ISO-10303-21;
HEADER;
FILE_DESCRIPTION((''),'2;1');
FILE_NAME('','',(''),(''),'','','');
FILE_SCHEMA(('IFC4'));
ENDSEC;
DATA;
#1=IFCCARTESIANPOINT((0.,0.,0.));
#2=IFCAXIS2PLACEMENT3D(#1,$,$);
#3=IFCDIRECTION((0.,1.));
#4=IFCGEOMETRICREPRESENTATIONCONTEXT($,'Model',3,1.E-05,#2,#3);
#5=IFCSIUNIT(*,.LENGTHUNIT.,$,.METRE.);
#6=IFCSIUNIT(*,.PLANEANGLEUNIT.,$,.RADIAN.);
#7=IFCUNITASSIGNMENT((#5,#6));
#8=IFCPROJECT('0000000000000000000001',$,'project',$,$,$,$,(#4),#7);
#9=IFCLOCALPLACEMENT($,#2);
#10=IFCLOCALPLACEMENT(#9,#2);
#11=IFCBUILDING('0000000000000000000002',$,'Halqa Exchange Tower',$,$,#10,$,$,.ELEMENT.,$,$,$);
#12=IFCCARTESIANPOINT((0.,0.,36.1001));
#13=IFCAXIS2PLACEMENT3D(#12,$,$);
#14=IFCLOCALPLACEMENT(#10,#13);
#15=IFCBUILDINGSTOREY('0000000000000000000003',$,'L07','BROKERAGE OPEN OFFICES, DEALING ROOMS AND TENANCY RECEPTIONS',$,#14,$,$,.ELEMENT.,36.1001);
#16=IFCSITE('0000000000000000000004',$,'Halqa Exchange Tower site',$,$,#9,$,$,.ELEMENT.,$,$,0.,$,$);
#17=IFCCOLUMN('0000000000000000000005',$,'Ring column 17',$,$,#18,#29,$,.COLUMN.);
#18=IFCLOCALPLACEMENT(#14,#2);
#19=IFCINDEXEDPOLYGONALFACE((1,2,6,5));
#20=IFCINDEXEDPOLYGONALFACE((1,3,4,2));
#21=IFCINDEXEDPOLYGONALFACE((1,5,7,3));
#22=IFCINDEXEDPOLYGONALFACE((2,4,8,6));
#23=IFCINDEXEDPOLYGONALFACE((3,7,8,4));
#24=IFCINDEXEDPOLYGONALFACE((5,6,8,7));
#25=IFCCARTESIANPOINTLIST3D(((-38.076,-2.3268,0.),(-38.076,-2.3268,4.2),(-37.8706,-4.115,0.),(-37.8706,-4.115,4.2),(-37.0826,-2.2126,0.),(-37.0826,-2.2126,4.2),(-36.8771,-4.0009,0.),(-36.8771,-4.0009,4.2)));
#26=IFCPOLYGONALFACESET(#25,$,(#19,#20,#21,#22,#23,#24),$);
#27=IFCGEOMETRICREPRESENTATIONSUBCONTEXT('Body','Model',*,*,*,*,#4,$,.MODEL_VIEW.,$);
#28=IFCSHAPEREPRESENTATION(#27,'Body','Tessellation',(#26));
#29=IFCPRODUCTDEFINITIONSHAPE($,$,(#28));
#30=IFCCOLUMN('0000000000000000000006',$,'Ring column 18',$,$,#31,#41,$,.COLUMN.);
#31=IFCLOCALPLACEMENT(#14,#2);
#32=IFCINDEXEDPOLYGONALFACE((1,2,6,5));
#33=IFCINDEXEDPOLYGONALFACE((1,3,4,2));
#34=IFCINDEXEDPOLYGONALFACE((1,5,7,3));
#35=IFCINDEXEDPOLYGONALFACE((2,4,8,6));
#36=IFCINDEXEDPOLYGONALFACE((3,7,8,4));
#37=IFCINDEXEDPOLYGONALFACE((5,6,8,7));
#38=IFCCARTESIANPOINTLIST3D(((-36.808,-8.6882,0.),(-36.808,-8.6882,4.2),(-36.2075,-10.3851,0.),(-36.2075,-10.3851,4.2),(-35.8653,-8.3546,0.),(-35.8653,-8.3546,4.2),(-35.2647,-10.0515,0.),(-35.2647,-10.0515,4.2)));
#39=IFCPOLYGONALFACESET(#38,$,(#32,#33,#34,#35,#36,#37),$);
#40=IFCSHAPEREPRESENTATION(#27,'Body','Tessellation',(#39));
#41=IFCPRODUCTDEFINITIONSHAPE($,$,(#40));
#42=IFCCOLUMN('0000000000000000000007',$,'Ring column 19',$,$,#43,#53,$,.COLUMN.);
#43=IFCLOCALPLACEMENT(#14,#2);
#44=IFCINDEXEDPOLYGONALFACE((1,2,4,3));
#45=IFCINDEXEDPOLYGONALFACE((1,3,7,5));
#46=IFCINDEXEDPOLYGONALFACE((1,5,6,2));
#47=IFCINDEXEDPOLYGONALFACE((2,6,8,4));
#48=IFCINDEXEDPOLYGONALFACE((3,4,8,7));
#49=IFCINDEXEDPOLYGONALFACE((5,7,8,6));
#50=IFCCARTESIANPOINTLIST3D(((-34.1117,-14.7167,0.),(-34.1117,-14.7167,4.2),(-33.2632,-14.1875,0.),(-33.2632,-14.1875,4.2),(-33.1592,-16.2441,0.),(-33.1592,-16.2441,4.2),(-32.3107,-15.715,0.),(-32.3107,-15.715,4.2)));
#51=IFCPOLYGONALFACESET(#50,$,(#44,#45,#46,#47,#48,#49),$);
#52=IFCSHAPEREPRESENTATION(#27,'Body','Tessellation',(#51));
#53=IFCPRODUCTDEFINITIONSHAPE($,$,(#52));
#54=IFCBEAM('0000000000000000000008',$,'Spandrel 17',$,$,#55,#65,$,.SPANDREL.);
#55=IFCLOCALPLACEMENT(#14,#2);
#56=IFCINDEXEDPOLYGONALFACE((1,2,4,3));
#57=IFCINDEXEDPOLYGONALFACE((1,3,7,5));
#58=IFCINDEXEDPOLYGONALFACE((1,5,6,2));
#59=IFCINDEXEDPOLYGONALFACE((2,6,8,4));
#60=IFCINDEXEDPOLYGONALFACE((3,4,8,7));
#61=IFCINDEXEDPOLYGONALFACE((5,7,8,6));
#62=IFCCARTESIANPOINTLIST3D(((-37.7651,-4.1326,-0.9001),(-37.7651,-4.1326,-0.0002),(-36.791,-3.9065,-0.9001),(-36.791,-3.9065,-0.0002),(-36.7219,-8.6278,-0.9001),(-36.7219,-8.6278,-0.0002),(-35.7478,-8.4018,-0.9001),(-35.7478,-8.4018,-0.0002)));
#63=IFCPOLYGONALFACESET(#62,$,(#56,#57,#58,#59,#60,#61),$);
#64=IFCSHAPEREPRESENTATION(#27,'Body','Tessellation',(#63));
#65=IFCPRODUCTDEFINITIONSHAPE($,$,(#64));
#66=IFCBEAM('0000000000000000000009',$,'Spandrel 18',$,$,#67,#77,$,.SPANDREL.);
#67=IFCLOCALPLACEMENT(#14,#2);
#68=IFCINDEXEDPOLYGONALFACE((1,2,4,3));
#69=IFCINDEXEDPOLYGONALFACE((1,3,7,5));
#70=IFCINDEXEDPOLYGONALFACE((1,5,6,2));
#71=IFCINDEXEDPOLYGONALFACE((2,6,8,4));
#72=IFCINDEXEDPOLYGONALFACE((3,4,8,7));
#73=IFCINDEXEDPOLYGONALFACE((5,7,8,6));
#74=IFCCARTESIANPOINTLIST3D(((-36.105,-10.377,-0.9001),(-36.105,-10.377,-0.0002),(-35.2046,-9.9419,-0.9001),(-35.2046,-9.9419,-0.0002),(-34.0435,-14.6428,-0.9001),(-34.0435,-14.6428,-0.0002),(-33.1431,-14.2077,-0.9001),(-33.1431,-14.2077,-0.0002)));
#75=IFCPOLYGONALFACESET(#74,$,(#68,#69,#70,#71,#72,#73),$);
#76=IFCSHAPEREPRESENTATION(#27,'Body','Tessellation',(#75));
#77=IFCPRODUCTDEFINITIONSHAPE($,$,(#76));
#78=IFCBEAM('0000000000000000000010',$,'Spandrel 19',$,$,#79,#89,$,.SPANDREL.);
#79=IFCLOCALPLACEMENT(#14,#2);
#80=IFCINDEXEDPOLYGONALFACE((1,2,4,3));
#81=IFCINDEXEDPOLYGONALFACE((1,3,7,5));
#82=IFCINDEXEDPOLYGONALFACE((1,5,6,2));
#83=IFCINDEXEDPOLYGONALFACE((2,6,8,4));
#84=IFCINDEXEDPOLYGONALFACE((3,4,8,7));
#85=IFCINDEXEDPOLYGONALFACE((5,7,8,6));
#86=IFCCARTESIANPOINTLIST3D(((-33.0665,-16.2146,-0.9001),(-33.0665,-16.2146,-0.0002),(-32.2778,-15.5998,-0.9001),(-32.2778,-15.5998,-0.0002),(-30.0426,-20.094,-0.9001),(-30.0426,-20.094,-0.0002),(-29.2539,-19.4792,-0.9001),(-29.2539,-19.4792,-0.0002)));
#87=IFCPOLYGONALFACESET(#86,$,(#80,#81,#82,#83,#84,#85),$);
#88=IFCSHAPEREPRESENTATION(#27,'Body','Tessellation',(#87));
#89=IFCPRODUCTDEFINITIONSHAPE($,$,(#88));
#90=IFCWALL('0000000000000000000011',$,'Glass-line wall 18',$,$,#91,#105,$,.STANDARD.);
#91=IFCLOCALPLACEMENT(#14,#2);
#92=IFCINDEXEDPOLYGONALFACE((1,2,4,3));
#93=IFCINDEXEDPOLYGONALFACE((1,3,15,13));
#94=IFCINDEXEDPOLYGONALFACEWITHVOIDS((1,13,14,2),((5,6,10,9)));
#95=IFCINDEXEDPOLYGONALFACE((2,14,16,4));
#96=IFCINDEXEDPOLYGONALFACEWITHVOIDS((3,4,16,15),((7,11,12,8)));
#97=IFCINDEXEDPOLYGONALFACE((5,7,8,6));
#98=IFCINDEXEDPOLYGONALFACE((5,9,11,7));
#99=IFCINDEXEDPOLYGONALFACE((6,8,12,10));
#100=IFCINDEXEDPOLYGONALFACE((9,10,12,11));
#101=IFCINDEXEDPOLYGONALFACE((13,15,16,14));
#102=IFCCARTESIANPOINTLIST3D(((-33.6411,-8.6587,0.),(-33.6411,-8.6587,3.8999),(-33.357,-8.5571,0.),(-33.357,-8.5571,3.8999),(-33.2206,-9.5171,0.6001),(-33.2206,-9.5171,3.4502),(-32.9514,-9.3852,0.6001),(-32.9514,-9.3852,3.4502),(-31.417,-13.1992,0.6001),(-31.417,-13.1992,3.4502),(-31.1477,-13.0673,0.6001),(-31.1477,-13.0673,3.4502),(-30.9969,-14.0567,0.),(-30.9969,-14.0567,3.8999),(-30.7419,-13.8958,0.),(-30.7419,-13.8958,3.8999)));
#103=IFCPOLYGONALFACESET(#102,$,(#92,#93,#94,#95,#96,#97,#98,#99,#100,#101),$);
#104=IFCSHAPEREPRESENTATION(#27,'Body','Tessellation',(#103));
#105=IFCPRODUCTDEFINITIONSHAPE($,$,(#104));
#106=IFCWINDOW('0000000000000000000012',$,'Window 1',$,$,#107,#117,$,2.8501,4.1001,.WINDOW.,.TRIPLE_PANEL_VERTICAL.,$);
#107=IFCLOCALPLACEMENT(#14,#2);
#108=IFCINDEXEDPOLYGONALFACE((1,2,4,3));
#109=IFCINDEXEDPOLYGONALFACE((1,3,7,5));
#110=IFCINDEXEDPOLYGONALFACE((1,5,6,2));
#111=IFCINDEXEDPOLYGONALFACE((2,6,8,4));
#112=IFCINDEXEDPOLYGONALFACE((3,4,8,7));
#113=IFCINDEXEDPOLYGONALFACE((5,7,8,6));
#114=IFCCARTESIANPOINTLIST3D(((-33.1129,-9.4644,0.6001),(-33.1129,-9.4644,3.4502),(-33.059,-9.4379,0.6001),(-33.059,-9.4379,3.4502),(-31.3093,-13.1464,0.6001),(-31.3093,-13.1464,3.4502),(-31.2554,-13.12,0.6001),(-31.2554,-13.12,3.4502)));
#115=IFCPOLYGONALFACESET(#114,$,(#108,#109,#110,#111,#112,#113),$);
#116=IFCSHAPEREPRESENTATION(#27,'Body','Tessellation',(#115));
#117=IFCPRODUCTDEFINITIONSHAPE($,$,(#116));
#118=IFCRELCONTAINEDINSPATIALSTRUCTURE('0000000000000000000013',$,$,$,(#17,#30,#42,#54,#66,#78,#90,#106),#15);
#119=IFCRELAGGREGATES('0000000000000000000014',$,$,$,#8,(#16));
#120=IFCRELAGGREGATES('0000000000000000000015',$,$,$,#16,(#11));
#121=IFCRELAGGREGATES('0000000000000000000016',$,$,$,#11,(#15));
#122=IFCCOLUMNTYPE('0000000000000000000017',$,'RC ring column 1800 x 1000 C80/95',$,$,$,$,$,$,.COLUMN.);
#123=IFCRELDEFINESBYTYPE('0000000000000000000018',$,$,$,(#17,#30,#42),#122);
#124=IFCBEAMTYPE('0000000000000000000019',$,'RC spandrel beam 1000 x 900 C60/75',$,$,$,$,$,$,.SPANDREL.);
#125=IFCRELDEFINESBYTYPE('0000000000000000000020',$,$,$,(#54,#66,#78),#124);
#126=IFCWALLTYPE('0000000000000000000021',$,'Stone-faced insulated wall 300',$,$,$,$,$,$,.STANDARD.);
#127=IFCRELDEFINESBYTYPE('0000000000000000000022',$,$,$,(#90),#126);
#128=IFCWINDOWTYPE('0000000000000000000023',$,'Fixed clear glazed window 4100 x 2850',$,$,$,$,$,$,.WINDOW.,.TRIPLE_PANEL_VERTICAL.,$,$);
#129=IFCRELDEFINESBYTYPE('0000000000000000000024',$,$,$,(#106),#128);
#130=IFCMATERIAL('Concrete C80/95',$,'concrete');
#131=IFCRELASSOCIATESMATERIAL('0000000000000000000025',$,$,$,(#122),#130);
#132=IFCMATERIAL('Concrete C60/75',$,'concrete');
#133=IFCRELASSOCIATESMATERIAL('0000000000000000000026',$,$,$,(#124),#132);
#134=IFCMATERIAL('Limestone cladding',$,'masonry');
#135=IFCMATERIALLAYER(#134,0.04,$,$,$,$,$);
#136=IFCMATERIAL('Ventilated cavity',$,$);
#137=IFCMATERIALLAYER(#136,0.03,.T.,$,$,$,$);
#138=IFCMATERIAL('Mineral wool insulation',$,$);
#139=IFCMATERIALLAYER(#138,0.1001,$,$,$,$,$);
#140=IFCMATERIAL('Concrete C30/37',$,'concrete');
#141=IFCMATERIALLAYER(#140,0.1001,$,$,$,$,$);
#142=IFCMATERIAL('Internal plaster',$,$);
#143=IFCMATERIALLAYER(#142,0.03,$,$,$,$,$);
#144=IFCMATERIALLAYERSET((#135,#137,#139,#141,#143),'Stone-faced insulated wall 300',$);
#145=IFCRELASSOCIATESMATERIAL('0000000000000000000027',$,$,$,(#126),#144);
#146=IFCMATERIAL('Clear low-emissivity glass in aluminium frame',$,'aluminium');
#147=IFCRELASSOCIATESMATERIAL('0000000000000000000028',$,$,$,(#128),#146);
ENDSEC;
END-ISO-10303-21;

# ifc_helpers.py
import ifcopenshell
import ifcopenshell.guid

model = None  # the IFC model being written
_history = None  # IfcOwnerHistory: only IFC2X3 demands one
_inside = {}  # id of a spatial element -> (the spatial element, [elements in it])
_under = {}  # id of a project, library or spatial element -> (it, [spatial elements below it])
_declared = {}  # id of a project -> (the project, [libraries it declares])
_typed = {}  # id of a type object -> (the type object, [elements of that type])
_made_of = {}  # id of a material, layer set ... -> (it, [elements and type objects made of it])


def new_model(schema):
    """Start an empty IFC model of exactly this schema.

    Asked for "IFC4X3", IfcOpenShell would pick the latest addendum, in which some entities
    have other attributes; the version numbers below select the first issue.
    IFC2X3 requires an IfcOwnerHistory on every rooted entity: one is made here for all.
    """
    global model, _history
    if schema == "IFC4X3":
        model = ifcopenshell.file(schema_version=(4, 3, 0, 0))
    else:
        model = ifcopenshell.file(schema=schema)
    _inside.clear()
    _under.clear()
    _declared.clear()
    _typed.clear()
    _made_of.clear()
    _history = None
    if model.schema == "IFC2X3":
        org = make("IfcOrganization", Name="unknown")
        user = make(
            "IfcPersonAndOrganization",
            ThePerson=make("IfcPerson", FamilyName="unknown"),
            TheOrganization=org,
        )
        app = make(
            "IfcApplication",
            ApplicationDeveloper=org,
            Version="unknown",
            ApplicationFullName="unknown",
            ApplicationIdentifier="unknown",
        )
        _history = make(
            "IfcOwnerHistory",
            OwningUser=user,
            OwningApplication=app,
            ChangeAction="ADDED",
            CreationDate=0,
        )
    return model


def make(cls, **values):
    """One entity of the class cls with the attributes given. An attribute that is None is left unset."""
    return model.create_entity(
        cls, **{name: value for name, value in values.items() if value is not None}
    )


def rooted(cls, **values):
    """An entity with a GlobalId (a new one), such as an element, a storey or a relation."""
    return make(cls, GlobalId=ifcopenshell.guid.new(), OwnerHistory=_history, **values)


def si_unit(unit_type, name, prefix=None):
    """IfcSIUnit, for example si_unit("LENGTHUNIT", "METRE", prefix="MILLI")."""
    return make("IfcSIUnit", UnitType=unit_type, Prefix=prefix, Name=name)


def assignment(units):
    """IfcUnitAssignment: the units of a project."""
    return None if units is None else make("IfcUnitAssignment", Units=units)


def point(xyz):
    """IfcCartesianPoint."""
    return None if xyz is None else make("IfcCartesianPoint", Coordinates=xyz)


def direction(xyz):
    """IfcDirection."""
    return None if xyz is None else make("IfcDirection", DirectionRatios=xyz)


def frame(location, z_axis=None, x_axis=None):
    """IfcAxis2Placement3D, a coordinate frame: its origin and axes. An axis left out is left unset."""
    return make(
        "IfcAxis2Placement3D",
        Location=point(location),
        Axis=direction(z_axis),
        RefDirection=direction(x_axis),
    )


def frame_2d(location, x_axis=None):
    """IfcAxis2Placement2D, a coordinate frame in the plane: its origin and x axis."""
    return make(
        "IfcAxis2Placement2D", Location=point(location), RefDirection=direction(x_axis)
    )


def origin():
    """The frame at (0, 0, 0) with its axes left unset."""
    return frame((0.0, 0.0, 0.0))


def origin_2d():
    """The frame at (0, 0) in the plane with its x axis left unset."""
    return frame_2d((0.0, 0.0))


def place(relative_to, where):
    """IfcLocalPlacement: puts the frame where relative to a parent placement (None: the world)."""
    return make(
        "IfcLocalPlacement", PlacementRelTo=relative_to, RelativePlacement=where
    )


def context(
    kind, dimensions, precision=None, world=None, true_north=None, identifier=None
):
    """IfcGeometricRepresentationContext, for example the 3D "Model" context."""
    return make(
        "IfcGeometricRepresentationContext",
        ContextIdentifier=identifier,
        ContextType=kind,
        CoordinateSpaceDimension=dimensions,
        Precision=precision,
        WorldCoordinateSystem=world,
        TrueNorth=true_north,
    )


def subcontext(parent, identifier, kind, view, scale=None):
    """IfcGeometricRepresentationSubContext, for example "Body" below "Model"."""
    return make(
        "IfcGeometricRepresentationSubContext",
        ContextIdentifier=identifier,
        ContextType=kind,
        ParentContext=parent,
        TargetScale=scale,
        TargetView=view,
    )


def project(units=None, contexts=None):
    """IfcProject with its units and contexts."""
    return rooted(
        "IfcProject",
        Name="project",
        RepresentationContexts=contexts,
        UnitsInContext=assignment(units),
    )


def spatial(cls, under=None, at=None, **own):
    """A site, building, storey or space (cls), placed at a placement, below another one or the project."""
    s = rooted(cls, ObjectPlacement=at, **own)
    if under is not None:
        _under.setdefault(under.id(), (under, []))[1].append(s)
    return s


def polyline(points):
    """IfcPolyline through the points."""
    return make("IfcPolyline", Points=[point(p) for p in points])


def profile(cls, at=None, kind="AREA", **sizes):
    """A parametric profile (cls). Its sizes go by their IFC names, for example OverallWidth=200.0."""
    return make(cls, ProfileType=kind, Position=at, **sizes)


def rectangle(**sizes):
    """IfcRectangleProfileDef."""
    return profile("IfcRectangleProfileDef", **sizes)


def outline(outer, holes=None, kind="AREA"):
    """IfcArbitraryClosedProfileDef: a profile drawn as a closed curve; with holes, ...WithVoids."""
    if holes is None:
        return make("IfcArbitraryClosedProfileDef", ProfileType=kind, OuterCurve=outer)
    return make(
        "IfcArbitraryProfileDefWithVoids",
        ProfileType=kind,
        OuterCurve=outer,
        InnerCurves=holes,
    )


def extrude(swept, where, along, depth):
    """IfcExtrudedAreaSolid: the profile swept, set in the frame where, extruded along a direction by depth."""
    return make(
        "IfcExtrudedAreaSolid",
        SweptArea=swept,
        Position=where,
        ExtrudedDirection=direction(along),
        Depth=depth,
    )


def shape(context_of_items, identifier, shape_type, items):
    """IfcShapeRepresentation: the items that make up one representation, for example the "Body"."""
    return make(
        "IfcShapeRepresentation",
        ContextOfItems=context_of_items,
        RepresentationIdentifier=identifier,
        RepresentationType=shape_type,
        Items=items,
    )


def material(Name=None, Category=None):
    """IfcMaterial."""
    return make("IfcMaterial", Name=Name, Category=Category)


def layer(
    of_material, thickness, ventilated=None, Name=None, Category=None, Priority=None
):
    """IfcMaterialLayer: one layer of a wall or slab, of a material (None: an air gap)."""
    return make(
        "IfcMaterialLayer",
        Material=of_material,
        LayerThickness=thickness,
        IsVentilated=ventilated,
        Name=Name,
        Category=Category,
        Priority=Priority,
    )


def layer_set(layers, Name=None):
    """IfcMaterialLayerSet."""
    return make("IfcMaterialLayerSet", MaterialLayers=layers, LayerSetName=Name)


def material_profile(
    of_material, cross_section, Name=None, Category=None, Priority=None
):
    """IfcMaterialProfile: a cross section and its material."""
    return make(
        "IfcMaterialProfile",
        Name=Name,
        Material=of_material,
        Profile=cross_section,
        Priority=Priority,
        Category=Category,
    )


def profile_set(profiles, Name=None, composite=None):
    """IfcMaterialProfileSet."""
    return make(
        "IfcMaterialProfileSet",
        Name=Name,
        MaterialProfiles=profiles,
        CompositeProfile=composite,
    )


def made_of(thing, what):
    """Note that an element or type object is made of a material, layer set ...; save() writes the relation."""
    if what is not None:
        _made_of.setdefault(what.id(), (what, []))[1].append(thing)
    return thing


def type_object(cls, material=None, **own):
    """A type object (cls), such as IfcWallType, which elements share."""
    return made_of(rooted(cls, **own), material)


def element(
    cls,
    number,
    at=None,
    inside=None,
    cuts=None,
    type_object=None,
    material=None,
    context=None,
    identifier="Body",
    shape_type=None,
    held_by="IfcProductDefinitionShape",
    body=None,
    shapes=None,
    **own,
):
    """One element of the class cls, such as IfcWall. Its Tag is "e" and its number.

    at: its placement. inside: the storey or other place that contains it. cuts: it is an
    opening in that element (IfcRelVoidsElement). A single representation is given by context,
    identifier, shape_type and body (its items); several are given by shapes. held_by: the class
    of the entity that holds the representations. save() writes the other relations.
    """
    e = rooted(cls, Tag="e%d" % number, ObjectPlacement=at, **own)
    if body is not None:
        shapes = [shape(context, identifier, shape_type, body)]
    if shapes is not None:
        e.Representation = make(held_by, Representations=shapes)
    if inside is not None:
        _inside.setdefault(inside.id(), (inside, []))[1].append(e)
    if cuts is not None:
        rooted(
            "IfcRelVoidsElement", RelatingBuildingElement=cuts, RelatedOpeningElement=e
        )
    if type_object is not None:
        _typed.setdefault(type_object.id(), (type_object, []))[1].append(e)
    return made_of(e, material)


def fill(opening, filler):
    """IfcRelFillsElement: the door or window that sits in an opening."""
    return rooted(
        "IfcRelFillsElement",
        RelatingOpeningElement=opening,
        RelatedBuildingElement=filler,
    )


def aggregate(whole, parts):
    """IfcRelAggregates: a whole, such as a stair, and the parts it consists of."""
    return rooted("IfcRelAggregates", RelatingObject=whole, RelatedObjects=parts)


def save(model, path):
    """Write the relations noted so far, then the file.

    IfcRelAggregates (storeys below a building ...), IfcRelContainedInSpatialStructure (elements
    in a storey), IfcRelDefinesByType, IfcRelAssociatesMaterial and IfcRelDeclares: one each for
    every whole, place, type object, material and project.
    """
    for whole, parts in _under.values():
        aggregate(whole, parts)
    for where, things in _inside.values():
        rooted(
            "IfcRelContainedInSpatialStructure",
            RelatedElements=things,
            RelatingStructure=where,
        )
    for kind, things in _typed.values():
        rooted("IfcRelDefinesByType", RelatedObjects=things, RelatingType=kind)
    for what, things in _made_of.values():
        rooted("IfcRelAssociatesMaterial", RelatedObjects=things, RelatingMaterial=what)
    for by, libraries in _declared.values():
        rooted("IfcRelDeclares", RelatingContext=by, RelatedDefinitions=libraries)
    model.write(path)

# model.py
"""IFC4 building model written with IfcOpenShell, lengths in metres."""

from ifc_helpers import new_model, si_unit, direction, frame, frame_2d, origin, origin_2d, place, context, subcontext, project, spatial, polyline, rectangle, outline, extrude, material, layer, layer_set, material_profile, profile_set, type_object, element, fill, save


model = new_model("IFC4")

# Units and contexts
model_context = context("Model", 3, precision=1e-05, world=origin(), true_north=direction((0.0, 1.0)))
body_context = subcontext(model_context, "Body", "Model", "MODEL_VIEW")
ifc_project = project(units=[si_unit("LENGTHUNIT", "METRE"), si_unit("PLANEANGLEUNIT", "RADIAN")], contexts=[model_context])

# Site, building, storey
site_placement = place(None, origin())
site = spatial("IfcSite", under=ifc_project, at=site_placement, Name="Halqa Exchange Tower site", CompositionType="ELEMENT", RefElevation=0.0)
building_placement = place(site_placement, origin())
building = spatial("IfcBuilding", under=site, at=building_placement, Name="Halqa Exchange Tower", CompositionType="ELEMENT")
storey_placement = place(building_placement, frame((0.0, 0.0, 36.1001)))
storey = spatial("IfcBuildingStorey", under=building, at=storey_placement, Name="L07", Description="BROKERAGE OPEN OFFICES, DEALING ROOMS AND TENANCY RECEPTIONS", CompositionType="ELEMENT", Elevation=36.1001)

# Columns
ifc_material_1 = material(Name="Concrete C80/95", Category="concrete")
ifc_material_profile_1 = material_profile(ifc_material_1, rectangle(XDim=1.8, YDim=1.0, at=origin_2d()), Name="1800 x 1000")
ifc_profile_set_1 = profile_set([ifc_material_profile_1], Name="Concrete C80/95")
column_type = type_object("IfcColumnType", Name="RC ring column 1800 x 1000 C80/95", PredefinedType="COLUMN", material=ifc_profile_set_1)
for number, where, z_axis, x_axis, name in (
    (1, (-37.4766, -3.1638, 0.0), (0.0, 0.0, 1.0), (0.114155, -0.993463, 0.0), "Ring column 17"),
    (2, (-36.0364, -9.3699, 0.0), (0.0, 0.0, 1.0), (0.333631, -0.942704, 0.0), "Ring column 18"),
    (3, (-33.2112, -15.2158, 0.0), (0.0, 0.0, 1.0), (0.529142, -0.848533, 0.0), "Ring column 19"),
):
    element("IfcColumn", number, at=place(storey_placement, frame(where, z_axis=z_axis, x_axis=x_axis)), inside=storey, type_object=column_type, Name=name, PredefinedType="COLUMN", context=body_context, shape_type="SweptSolid", body=[
        extrude(rectangle(XDim=1.8, YDim=1.0, at=origin_2d()), origin(), (0.0, 0.0, 1.0), 4.2),
    ])

# Beams
ifc_material_2 = material(Name="Concrete C60/75", Category="concrete")
ifc_material_profile_2 = material_profile(ifc_material_2, rectangle(XDim=1.0, YDim=0.8999, at=origin_2d()), Name="1000 x 900")
ifc_profile_set_2 = profile_set([ifc_material_profile_2], Name="Concrete C60/75")
beam_type = type_object("IfcBeamType", Name="RC spandrel beam 1000 x 900 C60/75", PredefinedType="SPANDREL", material=ifc_profile_set_2)
beam_1_placement = place(storey_placement, frame((-37.2781, -4.0195, -0.4502), z_axis=(0.226057, -0.974114, 0.0), x_axis=(0.974114, 0.226057, 0.0)))
element("IfcBeam", 4, at=beam_1_placement, inside=storey, type_object=beam_type, Name="Spandrel 17", PredefinedType="SPANDREL", context=body_context, shape_type="SweptSolid", body=[
    extrude(rectangle(XDim=1.0, YDim=0.8999, at=origin_2d()), origin(), (0.0, 0.0, 1.0), 4.6147),
])
beam_2_placement = place(storey_placement, frame((-35.6548, -10.1594, -0.4502), z_axis=(0.435115, -0.900375, 0.0), x_axis=(0.900375, 0.435115, 0.0)))
element("IfcBeam", 5, at=beam_2_placement, inside=storey, type_object=beam_type, Name="Spandrel 18", PredefinedType="SPANDREL", context=body_context, shape_type="SweptSolid", body=[
    extrude(rectangle(XDim=1.0, YDim=0.8999, at=origin_2d()), origin(), (0.0, 0.0, 1.0), 4.7378),
])
beam_3_placement = place(storey_placement, frame((-32.6721, -15.9072, -0.4502), z_axis=(0.614779, -0.7887, 0.0), x_axis=(0.7887, 0.614779, 0.0)))
element("IfcBeam", 6, at=beam_3_placement, inside=storey, type_object=beam_type, Name="Spandrel 19", PredefinedType="SPANDREL", context=body_context, shape_type="SweptSolid", body=[
    extrude(rectangle(XDim=1.0, YDim=0.8999, at=origin_2d()), origin(), (0.0, 0.0, 1.0), 4.9187),
])

# Wall, opening, window
ifc_material_3 = material(Name="Limestone cladding", Category="masonry")
ifc_layer_1 = layer(ifc_material_3, 0.04)
ifc_material_4 = material(Name="Ventilated cavity")
ifc_layer_2 = layer(ifc_material_4, 0.03, ventilated=True)
ifc_material_5 = material(Name="Mineral wool insulation")
ifc_layer_3 = layer(ifc_material_5, 0.1001)
ifc_material_6 = material(Name="Concrete C30/37", Category="concrete")
ifc_layer_4 = layer(ifc_material_6, 0.1001)
ifc_material_7 = material(Name="Internal plaster")
ifc_layer_5 = layer(ifc_material_7, 0.03)
ifc_layer_set = layer_set([ifc_layer_1, ifc_layer_2, ifc_layer_3, ifc_layer_4, ifc_layer_5], Name="Stone-faced insulated wall 300")
wall_type = type_object("IfcWallType", Name="Stone-faced insulated wall 300", PredefinedType="STANDARD", material=ifc_layer_set)
wall_placement = place(storey_placement, frame((-33.499, -8.6079, 0.0), z_axis=(0.0, 0.0, 1.0), x_axis=(0.439896, -0.898049, 0.0)))
wall = element("IfcWall", 7, at=wall_placement, inside=storey, type_object=wall_type, Name="Glass-line wall 18", PredefinedType="STANDARD", context=body_context, shape_type="SweptSolid", body=[
    extrude(outline(polyline([(-0.0168, -0.1499), (5.9939, -0.1499), (5.9617, 0.1499), (0.0168, 0.1499), (-0.0168, -0.1499)])), origin(), (0.0, 0.0, 1.0), 3.8999),
])
opening_placement = place(wall_placement, frame((0.939, 0.0, 0.6001)))
opening = element("IfcOpeningElement", 8, at=opening_placement, cuts=wall, PredefinedType="OPENING", context=body_context, shape_type="SweptSolid", body=[
    extrude(rectangle(XDim=4.1001, YDim=2.8501, at=frame_2d((2.05, 1.425))), frame((0.0, 0.1621, 0.0), z_axis=(0.0, -1.0, 0.0), x_axis=(1.0, 0.0, 0.0)), (0.0, 0.0, 1.0), 0.324),
])
ifc_material_8 = material(Name="Clear low-emissivity glass in aluminium frame", Category="aluminium")
window_type = type_object("IfcWindowType", Name="Fixed clear glazed window 4100 x 2850", PartitioningType="TRIPLE_PANEL_VERTICAL", PredefinedType="WINDOW", material=ifc_material_8)
window_placement = place(opening_placement, origin())
window = element("IfcWindow", 9, at=window_placement, inside=storey, type_object=window_type, Name="Window 1", OverallHeight=2.8501, OverallWidth=4.1001, PartitioningType="TRIPLE_PANEL_VERTICAL", PredefinedType="WINDOW", context=body_context, shape_type="SweptSolid", body=[
    extrude(rectangle(XDim=4.1001, YDim=2.8501, at=frame_2d((2.05, 1.425))), frame((0.0, 0.03, 0.0), z_axis=(0.0, -1.0, 0.0), x_axis=(1.0, 0.0, 0.0)), (0.0, 0.0, 1.0), 0.0601),
])
fill(opening, window)

save(model, "model.ifc")
